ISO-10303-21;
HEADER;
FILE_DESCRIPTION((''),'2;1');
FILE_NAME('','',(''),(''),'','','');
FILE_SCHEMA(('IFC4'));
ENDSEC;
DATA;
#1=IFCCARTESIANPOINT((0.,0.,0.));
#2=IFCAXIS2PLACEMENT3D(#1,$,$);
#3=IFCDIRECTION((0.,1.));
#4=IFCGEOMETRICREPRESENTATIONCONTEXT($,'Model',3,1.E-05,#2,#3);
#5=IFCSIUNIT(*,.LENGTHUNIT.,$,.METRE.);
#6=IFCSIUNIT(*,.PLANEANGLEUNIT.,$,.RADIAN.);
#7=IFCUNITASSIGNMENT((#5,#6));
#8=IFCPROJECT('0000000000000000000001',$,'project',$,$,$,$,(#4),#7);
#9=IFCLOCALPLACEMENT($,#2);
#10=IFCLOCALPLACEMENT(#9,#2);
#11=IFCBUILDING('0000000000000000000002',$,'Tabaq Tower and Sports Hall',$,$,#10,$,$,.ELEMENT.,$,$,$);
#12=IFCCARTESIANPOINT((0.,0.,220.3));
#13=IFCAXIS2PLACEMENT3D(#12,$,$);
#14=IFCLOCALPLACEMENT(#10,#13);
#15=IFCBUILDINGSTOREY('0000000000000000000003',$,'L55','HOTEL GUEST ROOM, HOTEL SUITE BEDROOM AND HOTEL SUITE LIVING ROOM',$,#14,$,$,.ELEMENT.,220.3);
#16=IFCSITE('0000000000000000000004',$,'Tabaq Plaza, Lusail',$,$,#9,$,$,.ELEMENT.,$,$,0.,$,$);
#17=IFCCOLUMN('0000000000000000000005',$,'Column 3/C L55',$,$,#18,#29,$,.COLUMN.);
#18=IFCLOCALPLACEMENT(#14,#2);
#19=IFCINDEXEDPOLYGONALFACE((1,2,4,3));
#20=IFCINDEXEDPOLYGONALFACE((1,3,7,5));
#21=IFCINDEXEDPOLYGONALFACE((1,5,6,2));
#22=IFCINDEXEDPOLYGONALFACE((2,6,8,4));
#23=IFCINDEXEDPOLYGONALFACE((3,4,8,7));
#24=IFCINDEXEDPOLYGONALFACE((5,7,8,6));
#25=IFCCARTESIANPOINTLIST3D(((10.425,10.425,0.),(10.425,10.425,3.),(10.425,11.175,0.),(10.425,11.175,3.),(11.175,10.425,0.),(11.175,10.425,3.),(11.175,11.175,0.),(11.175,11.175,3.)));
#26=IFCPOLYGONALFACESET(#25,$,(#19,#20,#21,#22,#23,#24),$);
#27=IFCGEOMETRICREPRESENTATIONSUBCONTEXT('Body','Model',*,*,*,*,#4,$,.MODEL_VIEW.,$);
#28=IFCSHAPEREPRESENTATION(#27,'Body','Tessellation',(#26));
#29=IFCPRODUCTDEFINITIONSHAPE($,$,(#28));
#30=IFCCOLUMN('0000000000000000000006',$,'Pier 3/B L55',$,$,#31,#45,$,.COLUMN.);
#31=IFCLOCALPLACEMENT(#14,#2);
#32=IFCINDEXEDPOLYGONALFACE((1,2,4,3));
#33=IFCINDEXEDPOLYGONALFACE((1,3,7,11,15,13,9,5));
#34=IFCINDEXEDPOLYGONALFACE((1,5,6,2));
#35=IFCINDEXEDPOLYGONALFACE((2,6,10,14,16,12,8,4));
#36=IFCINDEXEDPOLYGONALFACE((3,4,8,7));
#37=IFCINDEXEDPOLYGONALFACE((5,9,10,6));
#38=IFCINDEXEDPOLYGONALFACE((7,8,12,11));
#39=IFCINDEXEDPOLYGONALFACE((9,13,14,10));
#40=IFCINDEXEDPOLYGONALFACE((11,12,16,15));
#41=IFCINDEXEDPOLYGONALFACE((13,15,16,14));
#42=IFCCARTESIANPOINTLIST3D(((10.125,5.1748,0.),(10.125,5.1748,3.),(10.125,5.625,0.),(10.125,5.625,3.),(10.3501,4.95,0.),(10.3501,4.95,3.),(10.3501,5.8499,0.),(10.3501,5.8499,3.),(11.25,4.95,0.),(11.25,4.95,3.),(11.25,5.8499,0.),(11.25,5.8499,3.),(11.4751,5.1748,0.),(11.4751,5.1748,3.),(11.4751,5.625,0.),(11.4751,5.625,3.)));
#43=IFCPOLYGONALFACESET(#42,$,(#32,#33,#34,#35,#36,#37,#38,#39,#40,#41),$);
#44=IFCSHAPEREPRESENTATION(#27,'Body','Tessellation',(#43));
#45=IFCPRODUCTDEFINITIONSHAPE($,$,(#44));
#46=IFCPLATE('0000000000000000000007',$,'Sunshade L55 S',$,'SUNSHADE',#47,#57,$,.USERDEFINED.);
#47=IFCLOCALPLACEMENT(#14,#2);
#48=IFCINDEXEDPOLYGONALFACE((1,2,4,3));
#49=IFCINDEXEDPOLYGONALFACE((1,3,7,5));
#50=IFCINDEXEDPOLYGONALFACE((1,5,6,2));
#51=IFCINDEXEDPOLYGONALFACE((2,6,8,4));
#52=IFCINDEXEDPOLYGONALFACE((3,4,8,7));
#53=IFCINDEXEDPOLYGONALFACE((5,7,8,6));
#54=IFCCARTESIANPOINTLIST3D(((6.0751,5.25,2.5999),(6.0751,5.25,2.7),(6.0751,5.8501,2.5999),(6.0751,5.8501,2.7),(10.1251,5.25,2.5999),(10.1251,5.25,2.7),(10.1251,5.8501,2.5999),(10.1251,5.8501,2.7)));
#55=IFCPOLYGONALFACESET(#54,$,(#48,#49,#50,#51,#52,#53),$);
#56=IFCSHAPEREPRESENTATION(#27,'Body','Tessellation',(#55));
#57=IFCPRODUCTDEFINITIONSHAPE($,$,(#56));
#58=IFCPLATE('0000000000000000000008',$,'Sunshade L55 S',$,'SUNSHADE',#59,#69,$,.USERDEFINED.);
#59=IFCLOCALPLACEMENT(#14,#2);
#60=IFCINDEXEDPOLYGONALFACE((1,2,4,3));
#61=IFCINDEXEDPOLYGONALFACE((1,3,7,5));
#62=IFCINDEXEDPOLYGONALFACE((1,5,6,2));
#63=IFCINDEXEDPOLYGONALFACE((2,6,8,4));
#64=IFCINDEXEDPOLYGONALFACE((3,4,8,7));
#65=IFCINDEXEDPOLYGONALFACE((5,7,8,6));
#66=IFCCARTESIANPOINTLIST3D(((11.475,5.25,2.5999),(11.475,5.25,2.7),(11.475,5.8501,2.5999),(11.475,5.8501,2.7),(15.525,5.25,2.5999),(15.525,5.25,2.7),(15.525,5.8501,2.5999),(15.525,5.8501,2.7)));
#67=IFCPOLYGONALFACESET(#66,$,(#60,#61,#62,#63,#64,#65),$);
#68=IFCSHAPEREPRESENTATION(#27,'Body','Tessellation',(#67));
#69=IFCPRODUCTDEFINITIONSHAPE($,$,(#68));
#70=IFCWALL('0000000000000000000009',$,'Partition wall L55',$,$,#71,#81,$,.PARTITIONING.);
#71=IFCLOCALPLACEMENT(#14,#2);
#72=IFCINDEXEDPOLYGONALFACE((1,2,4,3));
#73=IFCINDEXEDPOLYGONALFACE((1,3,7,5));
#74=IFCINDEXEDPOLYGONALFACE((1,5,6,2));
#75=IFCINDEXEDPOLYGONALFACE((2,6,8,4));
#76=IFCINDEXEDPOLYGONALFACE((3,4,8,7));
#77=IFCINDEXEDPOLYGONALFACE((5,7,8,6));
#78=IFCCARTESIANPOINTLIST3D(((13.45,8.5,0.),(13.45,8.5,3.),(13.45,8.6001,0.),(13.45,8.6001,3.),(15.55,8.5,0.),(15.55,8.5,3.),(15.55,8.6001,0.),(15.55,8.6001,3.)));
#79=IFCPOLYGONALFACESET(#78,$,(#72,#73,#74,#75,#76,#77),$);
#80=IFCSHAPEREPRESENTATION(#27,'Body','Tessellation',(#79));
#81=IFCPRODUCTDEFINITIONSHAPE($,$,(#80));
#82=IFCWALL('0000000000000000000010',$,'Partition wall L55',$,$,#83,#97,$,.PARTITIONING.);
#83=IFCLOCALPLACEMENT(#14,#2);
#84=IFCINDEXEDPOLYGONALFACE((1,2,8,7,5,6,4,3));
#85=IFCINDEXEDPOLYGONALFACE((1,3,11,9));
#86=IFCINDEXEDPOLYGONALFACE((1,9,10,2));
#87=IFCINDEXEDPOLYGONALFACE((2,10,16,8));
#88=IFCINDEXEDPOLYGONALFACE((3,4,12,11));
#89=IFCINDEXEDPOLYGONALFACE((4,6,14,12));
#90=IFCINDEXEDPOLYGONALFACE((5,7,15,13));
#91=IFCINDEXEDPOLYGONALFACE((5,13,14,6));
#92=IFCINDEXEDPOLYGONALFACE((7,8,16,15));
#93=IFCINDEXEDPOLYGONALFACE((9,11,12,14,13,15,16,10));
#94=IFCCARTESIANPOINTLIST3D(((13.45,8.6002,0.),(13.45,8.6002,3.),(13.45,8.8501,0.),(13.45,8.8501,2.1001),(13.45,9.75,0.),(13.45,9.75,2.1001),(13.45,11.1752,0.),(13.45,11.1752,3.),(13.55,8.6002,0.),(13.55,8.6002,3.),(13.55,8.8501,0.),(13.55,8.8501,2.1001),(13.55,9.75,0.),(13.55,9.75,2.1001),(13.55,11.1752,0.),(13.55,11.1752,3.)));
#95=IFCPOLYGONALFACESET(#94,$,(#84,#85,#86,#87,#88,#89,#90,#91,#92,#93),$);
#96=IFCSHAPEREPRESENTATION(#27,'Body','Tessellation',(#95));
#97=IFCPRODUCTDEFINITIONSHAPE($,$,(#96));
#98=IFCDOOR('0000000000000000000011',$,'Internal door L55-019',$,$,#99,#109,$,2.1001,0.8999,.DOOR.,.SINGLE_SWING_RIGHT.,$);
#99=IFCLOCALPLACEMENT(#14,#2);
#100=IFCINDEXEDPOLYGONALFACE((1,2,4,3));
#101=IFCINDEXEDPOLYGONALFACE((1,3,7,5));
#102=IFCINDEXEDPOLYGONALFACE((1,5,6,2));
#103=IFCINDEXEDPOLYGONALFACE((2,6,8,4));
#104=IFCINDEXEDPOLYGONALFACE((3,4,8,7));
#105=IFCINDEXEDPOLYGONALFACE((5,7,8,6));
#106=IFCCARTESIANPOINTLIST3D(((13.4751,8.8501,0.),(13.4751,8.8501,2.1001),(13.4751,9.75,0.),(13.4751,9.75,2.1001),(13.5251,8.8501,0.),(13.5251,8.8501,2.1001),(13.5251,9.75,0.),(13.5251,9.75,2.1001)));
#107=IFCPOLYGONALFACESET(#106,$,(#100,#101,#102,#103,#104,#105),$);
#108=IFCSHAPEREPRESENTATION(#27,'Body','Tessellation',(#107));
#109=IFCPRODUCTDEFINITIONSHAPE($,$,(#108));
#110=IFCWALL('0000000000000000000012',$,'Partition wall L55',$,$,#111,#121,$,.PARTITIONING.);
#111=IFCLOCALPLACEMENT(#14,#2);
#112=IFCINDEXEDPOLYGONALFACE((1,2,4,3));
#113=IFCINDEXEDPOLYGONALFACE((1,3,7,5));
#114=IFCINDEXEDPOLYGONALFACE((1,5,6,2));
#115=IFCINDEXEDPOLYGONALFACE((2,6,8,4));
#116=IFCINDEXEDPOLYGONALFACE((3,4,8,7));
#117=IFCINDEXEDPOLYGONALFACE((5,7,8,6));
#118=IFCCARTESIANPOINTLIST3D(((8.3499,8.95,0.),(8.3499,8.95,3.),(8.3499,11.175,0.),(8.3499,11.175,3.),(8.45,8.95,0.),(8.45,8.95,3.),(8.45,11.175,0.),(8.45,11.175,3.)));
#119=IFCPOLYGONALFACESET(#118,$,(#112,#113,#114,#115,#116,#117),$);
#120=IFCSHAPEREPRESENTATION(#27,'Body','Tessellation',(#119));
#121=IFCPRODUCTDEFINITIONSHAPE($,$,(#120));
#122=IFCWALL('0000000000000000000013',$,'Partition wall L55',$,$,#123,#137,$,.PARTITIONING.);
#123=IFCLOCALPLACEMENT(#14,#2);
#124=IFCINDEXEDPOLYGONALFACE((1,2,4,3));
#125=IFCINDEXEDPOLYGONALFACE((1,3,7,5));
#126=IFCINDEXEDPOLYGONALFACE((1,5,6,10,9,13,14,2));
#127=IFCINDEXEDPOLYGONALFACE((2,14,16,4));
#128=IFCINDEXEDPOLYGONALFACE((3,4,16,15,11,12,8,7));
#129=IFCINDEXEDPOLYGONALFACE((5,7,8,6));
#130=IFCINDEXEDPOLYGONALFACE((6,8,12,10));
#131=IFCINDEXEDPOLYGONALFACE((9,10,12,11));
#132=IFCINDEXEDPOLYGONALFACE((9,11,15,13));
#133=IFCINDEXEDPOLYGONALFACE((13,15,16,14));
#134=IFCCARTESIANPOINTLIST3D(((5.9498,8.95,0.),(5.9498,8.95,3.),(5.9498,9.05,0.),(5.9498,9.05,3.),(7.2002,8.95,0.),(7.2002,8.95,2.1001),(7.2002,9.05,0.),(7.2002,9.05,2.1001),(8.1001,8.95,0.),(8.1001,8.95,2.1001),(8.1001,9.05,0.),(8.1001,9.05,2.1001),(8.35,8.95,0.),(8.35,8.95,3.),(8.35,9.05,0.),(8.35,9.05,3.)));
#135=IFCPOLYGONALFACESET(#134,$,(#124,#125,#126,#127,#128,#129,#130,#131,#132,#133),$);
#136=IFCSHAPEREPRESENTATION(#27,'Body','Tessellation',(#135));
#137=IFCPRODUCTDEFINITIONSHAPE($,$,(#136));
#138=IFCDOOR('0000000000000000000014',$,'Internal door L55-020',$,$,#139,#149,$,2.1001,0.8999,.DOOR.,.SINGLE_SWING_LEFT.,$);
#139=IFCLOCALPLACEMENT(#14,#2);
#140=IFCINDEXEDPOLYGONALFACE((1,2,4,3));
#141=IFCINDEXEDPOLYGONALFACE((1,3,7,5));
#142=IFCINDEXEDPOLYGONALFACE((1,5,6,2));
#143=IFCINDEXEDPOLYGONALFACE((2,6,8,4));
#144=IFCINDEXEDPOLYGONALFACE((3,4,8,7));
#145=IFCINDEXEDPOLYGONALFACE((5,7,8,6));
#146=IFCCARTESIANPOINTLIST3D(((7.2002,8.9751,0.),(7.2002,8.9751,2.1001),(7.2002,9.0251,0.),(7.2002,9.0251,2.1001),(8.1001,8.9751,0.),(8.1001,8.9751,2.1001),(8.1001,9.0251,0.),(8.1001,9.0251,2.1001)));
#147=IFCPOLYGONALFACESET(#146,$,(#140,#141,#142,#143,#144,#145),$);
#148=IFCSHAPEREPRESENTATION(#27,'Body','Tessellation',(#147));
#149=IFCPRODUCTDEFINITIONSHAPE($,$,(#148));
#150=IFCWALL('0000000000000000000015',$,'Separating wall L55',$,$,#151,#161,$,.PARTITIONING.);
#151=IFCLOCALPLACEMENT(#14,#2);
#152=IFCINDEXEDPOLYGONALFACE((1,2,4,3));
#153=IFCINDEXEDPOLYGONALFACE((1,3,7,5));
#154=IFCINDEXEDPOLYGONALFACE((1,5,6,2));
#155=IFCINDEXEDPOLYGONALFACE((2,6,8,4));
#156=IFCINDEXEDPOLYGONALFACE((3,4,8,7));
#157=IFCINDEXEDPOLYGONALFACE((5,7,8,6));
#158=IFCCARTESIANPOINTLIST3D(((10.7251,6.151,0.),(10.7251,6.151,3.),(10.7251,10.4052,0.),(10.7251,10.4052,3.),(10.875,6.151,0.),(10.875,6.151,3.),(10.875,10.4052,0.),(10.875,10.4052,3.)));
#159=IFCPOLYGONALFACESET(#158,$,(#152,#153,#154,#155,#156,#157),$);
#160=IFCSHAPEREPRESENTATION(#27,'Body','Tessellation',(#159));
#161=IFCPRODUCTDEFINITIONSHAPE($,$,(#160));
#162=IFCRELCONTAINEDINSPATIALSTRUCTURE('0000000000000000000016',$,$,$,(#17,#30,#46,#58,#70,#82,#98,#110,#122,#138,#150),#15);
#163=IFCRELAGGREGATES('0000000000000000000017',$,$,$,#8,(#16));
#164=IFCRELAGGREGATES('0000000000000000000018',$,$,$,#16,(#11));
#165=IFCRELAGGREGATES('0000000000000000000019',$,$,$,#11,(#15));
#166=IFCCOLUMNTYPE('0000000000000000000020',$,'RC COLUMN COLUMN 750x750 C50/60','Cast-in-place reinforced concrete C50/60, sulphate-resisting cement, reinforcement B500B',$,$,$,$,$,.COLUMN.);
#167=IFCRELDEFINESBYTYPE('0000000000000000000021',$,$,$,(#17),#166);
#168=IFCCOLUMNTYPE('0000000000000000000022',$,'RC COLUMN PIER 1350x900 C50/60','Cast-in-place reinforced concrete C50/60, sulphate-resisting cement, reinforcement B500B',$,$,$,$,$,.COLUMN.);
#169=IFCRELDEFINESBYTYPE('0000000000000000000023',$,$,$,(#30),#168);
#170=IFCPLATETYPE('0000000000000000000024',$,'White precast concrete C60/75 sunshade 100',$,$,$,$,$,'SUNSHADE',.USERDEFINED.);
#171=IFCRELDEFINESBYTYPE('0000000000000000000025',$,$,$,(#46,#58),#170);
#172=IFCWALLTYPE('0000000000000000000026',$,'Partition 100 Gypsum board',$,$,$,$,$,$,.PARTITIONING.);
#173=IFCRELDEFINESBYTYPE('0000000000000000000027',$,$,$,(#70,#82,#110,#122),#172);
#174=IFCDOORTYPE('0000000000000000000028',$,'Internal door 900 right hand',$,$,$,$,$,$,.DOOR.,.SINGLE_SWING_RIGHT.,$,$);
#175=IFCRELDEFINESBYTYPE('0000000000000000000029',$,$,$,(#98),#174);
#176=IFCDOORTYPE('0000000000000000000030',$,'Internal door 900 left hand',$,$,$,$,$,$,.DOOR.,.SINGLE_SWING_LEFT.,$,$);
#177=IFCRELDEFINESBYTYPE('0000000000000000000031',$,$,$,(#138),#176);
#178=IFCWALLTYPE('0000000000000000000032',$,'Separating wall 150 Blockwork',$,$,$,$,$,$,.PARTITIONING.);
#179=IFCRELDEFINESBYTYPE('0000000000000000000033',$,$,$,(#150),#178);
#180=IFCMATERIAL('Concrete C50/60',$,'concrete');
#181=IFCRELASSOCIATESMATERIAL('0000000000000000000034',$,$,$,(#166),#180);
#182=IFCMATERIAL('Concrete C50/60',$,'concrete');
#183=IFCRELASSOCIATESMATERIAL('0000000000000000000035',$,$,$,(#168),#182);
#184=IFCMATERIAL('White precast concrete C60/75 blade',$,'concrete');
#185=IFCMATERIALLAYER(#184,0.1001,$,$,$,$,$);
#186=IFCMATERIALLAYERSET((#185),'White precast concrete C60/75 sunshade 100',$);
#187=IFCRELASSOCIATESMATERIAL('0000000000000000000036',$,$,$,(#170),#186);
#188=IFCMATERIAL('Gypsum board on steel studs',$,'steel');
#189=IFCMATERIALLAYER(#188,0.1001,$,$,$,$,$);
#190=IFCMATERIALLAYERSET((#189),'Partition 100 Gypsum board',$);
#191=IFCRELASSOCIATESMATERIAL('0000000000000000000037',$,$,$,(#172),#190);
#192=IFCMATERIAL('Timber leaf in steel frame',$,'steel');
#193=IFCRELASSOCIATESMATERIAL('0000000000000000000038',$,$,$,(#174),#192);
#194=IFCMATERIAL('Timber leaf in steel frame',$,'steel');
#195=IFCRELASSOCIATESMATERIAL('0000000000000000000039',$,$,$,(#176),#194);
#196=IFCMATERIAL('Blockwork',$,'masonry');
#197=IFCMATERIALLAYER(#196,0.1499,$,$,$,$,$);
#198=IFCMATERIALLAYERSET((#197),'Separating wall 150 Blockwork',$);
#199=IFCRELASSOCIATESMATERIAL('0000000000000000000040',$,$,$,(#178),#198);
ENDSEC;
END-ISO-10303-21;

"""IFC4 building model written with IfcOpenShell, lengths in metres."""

from ifc_helpers import new_model, si_unit, direction, frame, frame_2d, origin, origin_2d, place, context, subcontext, project, spatial, polyline, rectangle, outline, extrude, material, layer, layer_set, material_profile, profile_set, type_object, element, fill, save


model = new_model("IFC4")

# Units and contexts
model_context = context("Model", 3, precision=1e-05, world=origin(), true_north=direction((0.0, 1.0)))
body_context = subcontext(model_context, "Body", "Model", "MODEL_VIEW")
ifc_project = project(units=[si_unit("LENGTHUNIT", "METRE"), si_unit("PLANEANGLEUNIT", "RADIAN")], contexts=[model_context])

# Site, building, storey
site_placement = place(None, origin())
site = spatial("IfcSite", under=ifc_project, at=site_placement, Name="Tabaq Plaza, Lusail", CompositionType="ELEMENT", RefElevation=0.0)
building_placement = place(site_placement, origin())
building = spatial("IfcBuilding", under=site, at=building_placement, Name="Tabaq Tower and Sports Hall", CompositionType="ELEMENT")
storey_placement = place(building_placement, frame((0.0, 0.0, 220.3)))
storey = spatial("IfcBuildingStorey", under=building, at=storey_placement, Name="L55", Description="HOTEL GUEST ROOM, HOTEL SUITE BEDROOM AND HOTEL SUITE LIVING ROOM", CompositionType="ELEMENT", Elevation=220.3)

# Columns
ifc_material_1 = material(Name="Concrete C50/60", Category="concrete")
ifc_material_profile_1 = material_profile(ifc_material_1, rectangle(XDim=0.75, YDim=0.75, at=origin_2d()), Name="COLUMN 750x750")
ifc_profile_set_1 = profile_set([ifc_material_profile_1], Name="Concrete C50/60")
column_type_1 = type_object("IfcColumnType", Name="RC COLUMN COLUMN 750x750 C50/60", Description="Cast-in-place reinforced concrete C50/60, sulphate-resisting cement, reinforcement B500B", PredefinedType="COLUMN", material=ifc_profile_set_1)
column_1_placement = place(storey_placement, frame((10.8, 10.8, 0.0), z_axis=(0.0, 0.0, 1.0), x_axis=(1.0, 0.0, 0.0)))
element("IfcColumn", 1, at=column_1_placement, inside=storey, type_object=column_type_1, Name="Column 3/C L55", PredefinedType="COLUMN", context=body_context, shape_type="SweptSolid", body=[
    extrude(rectangle(XDim=0.75, YDim=0.75, at=origin_2d()), origin(), (0.0, 0.0, 1.0), 3.0),
])
ifc_material_2 = material(Name="Concrete C50/60", Category="concrete")
ifc_material_profile_2 = material_profile(ifc_material_2, outline(polyline([(-0.45, -0.45), (0.45, -0.45), (0.675, -0.2251), (0.675, 0.2251), (0.45, 0.45), (-0.45, 0.45), (-0.675, 0.2251), (-0.675, -0.2251), (-0.45, -0.45)])), Name="PIER 1350x900")
ifc_profile_set_2 = profile_set([ifc_material_profile_2], Name="Concrete C50/60")
column_type_2 = type_object("IfcColumnType", Name="RC COLUMN PIER 1350x900 C50/60", Description="Cast-in-place reinforced concrete C50/60, sulphate-resisting cement, reinforcement B500B", PredefinedType="COLUMN", material=ifc_profile_set_2)
column_2_placement = place(storey_placement, frame((10.8, 5.3999, 0.0), z_axis=(0.0, 0.0, 1.0), x_axis=(1.0, 0.0, 0.0)))
element("IfcColumn", 2, at=column_2_placement, inside=storey, type_object=column_type_2, Name="Pier 3/B L55", PredefinedType="COLUMN", context=body_context, shape_type="SweptSolid", body=[
    extrude(outline(polyline([(-0.45, -0.45), (0.45, -0.45), (0.675, -0.2251), (0.675, 0.2251), (0.45, 0.45), (-0.45, 0.45), (-0.675, 0.2251), (-0.675, -0.2251), (-0.45, -0.45)])), origin(), (0.0, 0.0, 1.0), 3.0),
])

# Plates
ifc_material_3 = material(Name="White precast concrete C60/75 blade", Category="concrete")
ifc_layer_1 = layer(ifc_material_3, 0.1001)
ifc_layer_set_1 = layer_set([ifc_layer_1], Name="White precast concrete C60/75 sunshade 100")
plate_type = type_object("IfcPlateType", Name="White precast concrete C60/75 sunshade 100", ElementType="SUNSHADE", PredefinedType="USERDEFINED", material=ifc_layer_set_1)
for number, where, z_axis, x_axis, name in (
    (3, (8.1001, 5.55, 2.5999), (0.0, 0.0, 1.0), (1.0, 0.0, 0.0), "Sunshade L55 S"),
    (4, (13.5, 5.55, 2.5999), (0.0, 0.0, 1.0), (1.0, 0.0, 0.0), "Sunshade L55 S"),
):
    element("IfcPlate", number, at=place(storey_placement, frame(where, z_axis=z_axis, x_axis=x_axis)), inside=storey, type_object=plate_type, Name=name, ObjectType="SUNSHADE", PredefinedType="USERDEFINED", context=body_context, shape_type="SweptSolid", body=[
        extrude(rectangle(XDim=4.05, YDim=0.6001, at=origin_2d()), origin(), (0.0, 0.0, 1.0), 0.1001),
    ])

# Wall
ifc_material_4 = material(Name="Gypsum board on steel studs", Category="steel")
ifc_layer_2 = layer(ifc_material_4, 0.1001)
ifc_layer_set_2 = layer_set([ifc_layer_2], Name="Partition 100 Gypsum board")
wall_type_1 = type_object("IfcWallType", Name="Partition 100 Gypsum board", PredefinedType="PARTITIONING", material=ifc_layer_set_2)
wall_1_placement = place(storey_placement, frame((15.55, 8.55, 0.0), z_axis=(0.0, 0.0, 1.0), x_axis=(-1.0, 0.0, 0.0)))
element("IfcWall", 5, at=wall_1_placement, inside=storey, type_object=wall_type_1, Name="Partition wall L55", PredefinedType="PARTITIONING", context=body_context, shape_type="SweptSolid", body=[
    extrude(rectangle(XDim=2.1001, YDim=0.1001, at=frame_2d((1.05, 0.0))), origin(), (0.0, 0.0, 1.0), 3.0),
])

# Wall, opening, door
wall_2_placement = place(storey_placement, frame((13.5, 8.6001, 0.0), z_axis=(0.0, 0.0, 1.0), x_axis=(0.0, 1.0, 0.0)))
wall_2 = element("IfcWall", 6, at=wall_2_placement, inside=storey, type_object=wall_type_1, Name="Partition wall L55", PredefinedType="PARTITIONING", context=body_context, shape_type="SweptSolid", body=[
    extrude(rectangle(XDim=2.575, YDim=0.1001, at=frame_2d((1.2876, 0.0))), origin(), (0.0, 0.0, 1.0), 3.0),
])
opening_1_placement = place(wall_2_placement, frame((0.25, 0.0, 0.0)))
opening_1 = element("IfcOpeningElement", 7, at=opening_1_placement, cuts=wall_2, PredefinedType="OPENING", context=body_context, shape_type="SweptSolid", body=[
    extrude(rectangle(XDim=0.8999, YDim=2.1001, at=frame_2d((0.45, 1.05))), frame((0.0, 0.05, 0.0), z_axis=(0.0, -1.0, 0.0), x_axis=(1.0, 0.0, 0.0)), (0.0, 0.0, 1.0), 0.1001),
])
ifc_material_5 = material(Name="Timber leaf in steel frame", Category="steel")
door_type_1 = type_object("IfcDoorType", Name="Internal door 900 right hand", OperationType="SINGLE_SWING_RIGHT", PredefinedType="DOOR", material=ifc_material_5)
door_1_placement = place(opening_1_placement, origin())
door_1 = element("IfcDoor", 8, at=door_1_placement, inside=storey, type_object=door_type_1, Name="Internal door L55-019", OperationType="SINGLE_SWING_RIGHT", OverallHeight=2.1001, OverallWidth=0.8999, PredefinedType="DOOR", context=body_context, shape_type="SweptSolid", body=[
    extrude(rectangle(XDim=0.8999, YDim=2.1001, at=frame_2d((0.45, 1.05))), frame((0.0, 0.0249, 0.0), z_axis=(0.0, -1.0, 0.0), x_axis=(1.0, 0.0, 0.0)), (0.0, 0.0, 1.0), 0.05),
])
fill(opening_1, door_1)

# Wall
wall_3_placement = place(storey_placement, frame((8.3999, 11.175, 0.0), z_axis=(0.0, 0.0, 1.0), x_axis=(0.0, -1.0, 0.0)))
element("IfcWall", 9, at=wall_3_placement, inside=storey, type_object=wall_type_1, Name="Partition wall L55", PredefinedType="PARTITIONING", context=body_context, shape_type="SweptSolid", body=[
    extrude(rectangle(XDim=2.2251, YDim=0.1001, at=frame_2d((1.1125, 0.0))), origin(), (0.0, 0.0, 1.0), 3.0),
])

# Wall, opening, door
wall_4_placement = place(storey_placement, frame((8.3501, 9.0, 0.0), z_axis=(0.0, 0.0, 1.0), x_axis=(-1.0, 0.0, 0.0)))
wall_4 = element("IfcWall", 10, at=wall_4_placement, inside=storey, type_object=wall_type_1, Name="Partition wall L55", PredefinedType="PARTITIONING", context=body_context, shape_type="SweptSolid", body=[
    extrude(rectangle(XDim=2.4001, YDim=0.1001, at=frame_2d((1.2002, 0.0))), origin(), (0.0, 0.0, 1.0), 3.0),
])
opening_2_placement = place(wall_4_placement, frame((0.25, 0.0, 0.0)))
opening_2 = element("IfcOpeningElement", 11, at=opening_2_placement, cuts=wall_4, PredefinedType="OPENING", context=body_context, shape_type="SweptSolid", body=[
    extrude(rectangle(XDim=0.8999, YDim=2.1001, at=frame_2d((0.45, 1.05))), frame((0.0, 0.05, 0.0), z_axis=(0.0, -1.0, 0.0), x_axis=(1.0, 0.0, 0.0)), (0.0, 0.0, 1.0), 0.1001),
])
ifc_material_6 = material(Name="Timber leaf in steel frame", Category="steel")
door_type_2 = type_object("IfcDoorType", Name="Internal door 900 left hand", OperationType="SINGLE_SWING_LEFT", PredefinedType="DOOR", material=ifc_material_6)
door_2_placement = place(opening_2_placement, origin())
door_2 = element("IfcDoor", 12, at=door_2_placement, inside=storey, type_object=door_type_2, Name="Internal door L55-020", OperationType="SINGLE_SWING_LEFT", OverallHeight=2.1001, OverallWidth=0.8999, PredefinedType="DOOR", context=body_context, shape_type="SweptSolid", body=[
    extrude(rectangle(XDim=0.8999, YDim=2.1001, at=frame_2d((0.45, 1.05))), frame((0.0, 0.0249, 0.0), z_axis=(0.0, -1.0, 0.0), x_axis=(1.0, 0.0, 0.0)), (0.0, 0.0, 1.0), 0.05),
])
fill(opening_2, door_2)

# Wall
ifc_material_7 = material(Name="Blockwork", Category="masonry")
ifc_layer_3 = layer(ifc_material_7, 0.1499)
ifc_layer_set_3 = layer_set([ifc_layer_3], Name="Separating wall 150 Blockwork")
wall_type_2 = type_object("IfcWallType", Name="Separating wall 150 Blockwork", PredefinedType="PARTITIONING", material=ifc_layer_set_3)
wall_5_placement = place(storey_placement, frame((10.8, 10.405, 0.0), z_axis=(0.0, 0.0, 1.0), x_axis=(0.0, -1.0, 0.0)))
element("IfcWall", 13, at=wall_5_placement, inside=storey, type_object=wall_type_2, Name="Separating wall L55", PredefinedType="PARTITIONING", context=body_context, shape_type="SweptSolid", body=[
    extrude(rectangle(XDim=4.2542, YDim=0.1499, at=frame_2d((2.127, 0.0))), origin(), (0.0, 0.0, 1.0), 3.0),
])

save(model, "model.ifc")
